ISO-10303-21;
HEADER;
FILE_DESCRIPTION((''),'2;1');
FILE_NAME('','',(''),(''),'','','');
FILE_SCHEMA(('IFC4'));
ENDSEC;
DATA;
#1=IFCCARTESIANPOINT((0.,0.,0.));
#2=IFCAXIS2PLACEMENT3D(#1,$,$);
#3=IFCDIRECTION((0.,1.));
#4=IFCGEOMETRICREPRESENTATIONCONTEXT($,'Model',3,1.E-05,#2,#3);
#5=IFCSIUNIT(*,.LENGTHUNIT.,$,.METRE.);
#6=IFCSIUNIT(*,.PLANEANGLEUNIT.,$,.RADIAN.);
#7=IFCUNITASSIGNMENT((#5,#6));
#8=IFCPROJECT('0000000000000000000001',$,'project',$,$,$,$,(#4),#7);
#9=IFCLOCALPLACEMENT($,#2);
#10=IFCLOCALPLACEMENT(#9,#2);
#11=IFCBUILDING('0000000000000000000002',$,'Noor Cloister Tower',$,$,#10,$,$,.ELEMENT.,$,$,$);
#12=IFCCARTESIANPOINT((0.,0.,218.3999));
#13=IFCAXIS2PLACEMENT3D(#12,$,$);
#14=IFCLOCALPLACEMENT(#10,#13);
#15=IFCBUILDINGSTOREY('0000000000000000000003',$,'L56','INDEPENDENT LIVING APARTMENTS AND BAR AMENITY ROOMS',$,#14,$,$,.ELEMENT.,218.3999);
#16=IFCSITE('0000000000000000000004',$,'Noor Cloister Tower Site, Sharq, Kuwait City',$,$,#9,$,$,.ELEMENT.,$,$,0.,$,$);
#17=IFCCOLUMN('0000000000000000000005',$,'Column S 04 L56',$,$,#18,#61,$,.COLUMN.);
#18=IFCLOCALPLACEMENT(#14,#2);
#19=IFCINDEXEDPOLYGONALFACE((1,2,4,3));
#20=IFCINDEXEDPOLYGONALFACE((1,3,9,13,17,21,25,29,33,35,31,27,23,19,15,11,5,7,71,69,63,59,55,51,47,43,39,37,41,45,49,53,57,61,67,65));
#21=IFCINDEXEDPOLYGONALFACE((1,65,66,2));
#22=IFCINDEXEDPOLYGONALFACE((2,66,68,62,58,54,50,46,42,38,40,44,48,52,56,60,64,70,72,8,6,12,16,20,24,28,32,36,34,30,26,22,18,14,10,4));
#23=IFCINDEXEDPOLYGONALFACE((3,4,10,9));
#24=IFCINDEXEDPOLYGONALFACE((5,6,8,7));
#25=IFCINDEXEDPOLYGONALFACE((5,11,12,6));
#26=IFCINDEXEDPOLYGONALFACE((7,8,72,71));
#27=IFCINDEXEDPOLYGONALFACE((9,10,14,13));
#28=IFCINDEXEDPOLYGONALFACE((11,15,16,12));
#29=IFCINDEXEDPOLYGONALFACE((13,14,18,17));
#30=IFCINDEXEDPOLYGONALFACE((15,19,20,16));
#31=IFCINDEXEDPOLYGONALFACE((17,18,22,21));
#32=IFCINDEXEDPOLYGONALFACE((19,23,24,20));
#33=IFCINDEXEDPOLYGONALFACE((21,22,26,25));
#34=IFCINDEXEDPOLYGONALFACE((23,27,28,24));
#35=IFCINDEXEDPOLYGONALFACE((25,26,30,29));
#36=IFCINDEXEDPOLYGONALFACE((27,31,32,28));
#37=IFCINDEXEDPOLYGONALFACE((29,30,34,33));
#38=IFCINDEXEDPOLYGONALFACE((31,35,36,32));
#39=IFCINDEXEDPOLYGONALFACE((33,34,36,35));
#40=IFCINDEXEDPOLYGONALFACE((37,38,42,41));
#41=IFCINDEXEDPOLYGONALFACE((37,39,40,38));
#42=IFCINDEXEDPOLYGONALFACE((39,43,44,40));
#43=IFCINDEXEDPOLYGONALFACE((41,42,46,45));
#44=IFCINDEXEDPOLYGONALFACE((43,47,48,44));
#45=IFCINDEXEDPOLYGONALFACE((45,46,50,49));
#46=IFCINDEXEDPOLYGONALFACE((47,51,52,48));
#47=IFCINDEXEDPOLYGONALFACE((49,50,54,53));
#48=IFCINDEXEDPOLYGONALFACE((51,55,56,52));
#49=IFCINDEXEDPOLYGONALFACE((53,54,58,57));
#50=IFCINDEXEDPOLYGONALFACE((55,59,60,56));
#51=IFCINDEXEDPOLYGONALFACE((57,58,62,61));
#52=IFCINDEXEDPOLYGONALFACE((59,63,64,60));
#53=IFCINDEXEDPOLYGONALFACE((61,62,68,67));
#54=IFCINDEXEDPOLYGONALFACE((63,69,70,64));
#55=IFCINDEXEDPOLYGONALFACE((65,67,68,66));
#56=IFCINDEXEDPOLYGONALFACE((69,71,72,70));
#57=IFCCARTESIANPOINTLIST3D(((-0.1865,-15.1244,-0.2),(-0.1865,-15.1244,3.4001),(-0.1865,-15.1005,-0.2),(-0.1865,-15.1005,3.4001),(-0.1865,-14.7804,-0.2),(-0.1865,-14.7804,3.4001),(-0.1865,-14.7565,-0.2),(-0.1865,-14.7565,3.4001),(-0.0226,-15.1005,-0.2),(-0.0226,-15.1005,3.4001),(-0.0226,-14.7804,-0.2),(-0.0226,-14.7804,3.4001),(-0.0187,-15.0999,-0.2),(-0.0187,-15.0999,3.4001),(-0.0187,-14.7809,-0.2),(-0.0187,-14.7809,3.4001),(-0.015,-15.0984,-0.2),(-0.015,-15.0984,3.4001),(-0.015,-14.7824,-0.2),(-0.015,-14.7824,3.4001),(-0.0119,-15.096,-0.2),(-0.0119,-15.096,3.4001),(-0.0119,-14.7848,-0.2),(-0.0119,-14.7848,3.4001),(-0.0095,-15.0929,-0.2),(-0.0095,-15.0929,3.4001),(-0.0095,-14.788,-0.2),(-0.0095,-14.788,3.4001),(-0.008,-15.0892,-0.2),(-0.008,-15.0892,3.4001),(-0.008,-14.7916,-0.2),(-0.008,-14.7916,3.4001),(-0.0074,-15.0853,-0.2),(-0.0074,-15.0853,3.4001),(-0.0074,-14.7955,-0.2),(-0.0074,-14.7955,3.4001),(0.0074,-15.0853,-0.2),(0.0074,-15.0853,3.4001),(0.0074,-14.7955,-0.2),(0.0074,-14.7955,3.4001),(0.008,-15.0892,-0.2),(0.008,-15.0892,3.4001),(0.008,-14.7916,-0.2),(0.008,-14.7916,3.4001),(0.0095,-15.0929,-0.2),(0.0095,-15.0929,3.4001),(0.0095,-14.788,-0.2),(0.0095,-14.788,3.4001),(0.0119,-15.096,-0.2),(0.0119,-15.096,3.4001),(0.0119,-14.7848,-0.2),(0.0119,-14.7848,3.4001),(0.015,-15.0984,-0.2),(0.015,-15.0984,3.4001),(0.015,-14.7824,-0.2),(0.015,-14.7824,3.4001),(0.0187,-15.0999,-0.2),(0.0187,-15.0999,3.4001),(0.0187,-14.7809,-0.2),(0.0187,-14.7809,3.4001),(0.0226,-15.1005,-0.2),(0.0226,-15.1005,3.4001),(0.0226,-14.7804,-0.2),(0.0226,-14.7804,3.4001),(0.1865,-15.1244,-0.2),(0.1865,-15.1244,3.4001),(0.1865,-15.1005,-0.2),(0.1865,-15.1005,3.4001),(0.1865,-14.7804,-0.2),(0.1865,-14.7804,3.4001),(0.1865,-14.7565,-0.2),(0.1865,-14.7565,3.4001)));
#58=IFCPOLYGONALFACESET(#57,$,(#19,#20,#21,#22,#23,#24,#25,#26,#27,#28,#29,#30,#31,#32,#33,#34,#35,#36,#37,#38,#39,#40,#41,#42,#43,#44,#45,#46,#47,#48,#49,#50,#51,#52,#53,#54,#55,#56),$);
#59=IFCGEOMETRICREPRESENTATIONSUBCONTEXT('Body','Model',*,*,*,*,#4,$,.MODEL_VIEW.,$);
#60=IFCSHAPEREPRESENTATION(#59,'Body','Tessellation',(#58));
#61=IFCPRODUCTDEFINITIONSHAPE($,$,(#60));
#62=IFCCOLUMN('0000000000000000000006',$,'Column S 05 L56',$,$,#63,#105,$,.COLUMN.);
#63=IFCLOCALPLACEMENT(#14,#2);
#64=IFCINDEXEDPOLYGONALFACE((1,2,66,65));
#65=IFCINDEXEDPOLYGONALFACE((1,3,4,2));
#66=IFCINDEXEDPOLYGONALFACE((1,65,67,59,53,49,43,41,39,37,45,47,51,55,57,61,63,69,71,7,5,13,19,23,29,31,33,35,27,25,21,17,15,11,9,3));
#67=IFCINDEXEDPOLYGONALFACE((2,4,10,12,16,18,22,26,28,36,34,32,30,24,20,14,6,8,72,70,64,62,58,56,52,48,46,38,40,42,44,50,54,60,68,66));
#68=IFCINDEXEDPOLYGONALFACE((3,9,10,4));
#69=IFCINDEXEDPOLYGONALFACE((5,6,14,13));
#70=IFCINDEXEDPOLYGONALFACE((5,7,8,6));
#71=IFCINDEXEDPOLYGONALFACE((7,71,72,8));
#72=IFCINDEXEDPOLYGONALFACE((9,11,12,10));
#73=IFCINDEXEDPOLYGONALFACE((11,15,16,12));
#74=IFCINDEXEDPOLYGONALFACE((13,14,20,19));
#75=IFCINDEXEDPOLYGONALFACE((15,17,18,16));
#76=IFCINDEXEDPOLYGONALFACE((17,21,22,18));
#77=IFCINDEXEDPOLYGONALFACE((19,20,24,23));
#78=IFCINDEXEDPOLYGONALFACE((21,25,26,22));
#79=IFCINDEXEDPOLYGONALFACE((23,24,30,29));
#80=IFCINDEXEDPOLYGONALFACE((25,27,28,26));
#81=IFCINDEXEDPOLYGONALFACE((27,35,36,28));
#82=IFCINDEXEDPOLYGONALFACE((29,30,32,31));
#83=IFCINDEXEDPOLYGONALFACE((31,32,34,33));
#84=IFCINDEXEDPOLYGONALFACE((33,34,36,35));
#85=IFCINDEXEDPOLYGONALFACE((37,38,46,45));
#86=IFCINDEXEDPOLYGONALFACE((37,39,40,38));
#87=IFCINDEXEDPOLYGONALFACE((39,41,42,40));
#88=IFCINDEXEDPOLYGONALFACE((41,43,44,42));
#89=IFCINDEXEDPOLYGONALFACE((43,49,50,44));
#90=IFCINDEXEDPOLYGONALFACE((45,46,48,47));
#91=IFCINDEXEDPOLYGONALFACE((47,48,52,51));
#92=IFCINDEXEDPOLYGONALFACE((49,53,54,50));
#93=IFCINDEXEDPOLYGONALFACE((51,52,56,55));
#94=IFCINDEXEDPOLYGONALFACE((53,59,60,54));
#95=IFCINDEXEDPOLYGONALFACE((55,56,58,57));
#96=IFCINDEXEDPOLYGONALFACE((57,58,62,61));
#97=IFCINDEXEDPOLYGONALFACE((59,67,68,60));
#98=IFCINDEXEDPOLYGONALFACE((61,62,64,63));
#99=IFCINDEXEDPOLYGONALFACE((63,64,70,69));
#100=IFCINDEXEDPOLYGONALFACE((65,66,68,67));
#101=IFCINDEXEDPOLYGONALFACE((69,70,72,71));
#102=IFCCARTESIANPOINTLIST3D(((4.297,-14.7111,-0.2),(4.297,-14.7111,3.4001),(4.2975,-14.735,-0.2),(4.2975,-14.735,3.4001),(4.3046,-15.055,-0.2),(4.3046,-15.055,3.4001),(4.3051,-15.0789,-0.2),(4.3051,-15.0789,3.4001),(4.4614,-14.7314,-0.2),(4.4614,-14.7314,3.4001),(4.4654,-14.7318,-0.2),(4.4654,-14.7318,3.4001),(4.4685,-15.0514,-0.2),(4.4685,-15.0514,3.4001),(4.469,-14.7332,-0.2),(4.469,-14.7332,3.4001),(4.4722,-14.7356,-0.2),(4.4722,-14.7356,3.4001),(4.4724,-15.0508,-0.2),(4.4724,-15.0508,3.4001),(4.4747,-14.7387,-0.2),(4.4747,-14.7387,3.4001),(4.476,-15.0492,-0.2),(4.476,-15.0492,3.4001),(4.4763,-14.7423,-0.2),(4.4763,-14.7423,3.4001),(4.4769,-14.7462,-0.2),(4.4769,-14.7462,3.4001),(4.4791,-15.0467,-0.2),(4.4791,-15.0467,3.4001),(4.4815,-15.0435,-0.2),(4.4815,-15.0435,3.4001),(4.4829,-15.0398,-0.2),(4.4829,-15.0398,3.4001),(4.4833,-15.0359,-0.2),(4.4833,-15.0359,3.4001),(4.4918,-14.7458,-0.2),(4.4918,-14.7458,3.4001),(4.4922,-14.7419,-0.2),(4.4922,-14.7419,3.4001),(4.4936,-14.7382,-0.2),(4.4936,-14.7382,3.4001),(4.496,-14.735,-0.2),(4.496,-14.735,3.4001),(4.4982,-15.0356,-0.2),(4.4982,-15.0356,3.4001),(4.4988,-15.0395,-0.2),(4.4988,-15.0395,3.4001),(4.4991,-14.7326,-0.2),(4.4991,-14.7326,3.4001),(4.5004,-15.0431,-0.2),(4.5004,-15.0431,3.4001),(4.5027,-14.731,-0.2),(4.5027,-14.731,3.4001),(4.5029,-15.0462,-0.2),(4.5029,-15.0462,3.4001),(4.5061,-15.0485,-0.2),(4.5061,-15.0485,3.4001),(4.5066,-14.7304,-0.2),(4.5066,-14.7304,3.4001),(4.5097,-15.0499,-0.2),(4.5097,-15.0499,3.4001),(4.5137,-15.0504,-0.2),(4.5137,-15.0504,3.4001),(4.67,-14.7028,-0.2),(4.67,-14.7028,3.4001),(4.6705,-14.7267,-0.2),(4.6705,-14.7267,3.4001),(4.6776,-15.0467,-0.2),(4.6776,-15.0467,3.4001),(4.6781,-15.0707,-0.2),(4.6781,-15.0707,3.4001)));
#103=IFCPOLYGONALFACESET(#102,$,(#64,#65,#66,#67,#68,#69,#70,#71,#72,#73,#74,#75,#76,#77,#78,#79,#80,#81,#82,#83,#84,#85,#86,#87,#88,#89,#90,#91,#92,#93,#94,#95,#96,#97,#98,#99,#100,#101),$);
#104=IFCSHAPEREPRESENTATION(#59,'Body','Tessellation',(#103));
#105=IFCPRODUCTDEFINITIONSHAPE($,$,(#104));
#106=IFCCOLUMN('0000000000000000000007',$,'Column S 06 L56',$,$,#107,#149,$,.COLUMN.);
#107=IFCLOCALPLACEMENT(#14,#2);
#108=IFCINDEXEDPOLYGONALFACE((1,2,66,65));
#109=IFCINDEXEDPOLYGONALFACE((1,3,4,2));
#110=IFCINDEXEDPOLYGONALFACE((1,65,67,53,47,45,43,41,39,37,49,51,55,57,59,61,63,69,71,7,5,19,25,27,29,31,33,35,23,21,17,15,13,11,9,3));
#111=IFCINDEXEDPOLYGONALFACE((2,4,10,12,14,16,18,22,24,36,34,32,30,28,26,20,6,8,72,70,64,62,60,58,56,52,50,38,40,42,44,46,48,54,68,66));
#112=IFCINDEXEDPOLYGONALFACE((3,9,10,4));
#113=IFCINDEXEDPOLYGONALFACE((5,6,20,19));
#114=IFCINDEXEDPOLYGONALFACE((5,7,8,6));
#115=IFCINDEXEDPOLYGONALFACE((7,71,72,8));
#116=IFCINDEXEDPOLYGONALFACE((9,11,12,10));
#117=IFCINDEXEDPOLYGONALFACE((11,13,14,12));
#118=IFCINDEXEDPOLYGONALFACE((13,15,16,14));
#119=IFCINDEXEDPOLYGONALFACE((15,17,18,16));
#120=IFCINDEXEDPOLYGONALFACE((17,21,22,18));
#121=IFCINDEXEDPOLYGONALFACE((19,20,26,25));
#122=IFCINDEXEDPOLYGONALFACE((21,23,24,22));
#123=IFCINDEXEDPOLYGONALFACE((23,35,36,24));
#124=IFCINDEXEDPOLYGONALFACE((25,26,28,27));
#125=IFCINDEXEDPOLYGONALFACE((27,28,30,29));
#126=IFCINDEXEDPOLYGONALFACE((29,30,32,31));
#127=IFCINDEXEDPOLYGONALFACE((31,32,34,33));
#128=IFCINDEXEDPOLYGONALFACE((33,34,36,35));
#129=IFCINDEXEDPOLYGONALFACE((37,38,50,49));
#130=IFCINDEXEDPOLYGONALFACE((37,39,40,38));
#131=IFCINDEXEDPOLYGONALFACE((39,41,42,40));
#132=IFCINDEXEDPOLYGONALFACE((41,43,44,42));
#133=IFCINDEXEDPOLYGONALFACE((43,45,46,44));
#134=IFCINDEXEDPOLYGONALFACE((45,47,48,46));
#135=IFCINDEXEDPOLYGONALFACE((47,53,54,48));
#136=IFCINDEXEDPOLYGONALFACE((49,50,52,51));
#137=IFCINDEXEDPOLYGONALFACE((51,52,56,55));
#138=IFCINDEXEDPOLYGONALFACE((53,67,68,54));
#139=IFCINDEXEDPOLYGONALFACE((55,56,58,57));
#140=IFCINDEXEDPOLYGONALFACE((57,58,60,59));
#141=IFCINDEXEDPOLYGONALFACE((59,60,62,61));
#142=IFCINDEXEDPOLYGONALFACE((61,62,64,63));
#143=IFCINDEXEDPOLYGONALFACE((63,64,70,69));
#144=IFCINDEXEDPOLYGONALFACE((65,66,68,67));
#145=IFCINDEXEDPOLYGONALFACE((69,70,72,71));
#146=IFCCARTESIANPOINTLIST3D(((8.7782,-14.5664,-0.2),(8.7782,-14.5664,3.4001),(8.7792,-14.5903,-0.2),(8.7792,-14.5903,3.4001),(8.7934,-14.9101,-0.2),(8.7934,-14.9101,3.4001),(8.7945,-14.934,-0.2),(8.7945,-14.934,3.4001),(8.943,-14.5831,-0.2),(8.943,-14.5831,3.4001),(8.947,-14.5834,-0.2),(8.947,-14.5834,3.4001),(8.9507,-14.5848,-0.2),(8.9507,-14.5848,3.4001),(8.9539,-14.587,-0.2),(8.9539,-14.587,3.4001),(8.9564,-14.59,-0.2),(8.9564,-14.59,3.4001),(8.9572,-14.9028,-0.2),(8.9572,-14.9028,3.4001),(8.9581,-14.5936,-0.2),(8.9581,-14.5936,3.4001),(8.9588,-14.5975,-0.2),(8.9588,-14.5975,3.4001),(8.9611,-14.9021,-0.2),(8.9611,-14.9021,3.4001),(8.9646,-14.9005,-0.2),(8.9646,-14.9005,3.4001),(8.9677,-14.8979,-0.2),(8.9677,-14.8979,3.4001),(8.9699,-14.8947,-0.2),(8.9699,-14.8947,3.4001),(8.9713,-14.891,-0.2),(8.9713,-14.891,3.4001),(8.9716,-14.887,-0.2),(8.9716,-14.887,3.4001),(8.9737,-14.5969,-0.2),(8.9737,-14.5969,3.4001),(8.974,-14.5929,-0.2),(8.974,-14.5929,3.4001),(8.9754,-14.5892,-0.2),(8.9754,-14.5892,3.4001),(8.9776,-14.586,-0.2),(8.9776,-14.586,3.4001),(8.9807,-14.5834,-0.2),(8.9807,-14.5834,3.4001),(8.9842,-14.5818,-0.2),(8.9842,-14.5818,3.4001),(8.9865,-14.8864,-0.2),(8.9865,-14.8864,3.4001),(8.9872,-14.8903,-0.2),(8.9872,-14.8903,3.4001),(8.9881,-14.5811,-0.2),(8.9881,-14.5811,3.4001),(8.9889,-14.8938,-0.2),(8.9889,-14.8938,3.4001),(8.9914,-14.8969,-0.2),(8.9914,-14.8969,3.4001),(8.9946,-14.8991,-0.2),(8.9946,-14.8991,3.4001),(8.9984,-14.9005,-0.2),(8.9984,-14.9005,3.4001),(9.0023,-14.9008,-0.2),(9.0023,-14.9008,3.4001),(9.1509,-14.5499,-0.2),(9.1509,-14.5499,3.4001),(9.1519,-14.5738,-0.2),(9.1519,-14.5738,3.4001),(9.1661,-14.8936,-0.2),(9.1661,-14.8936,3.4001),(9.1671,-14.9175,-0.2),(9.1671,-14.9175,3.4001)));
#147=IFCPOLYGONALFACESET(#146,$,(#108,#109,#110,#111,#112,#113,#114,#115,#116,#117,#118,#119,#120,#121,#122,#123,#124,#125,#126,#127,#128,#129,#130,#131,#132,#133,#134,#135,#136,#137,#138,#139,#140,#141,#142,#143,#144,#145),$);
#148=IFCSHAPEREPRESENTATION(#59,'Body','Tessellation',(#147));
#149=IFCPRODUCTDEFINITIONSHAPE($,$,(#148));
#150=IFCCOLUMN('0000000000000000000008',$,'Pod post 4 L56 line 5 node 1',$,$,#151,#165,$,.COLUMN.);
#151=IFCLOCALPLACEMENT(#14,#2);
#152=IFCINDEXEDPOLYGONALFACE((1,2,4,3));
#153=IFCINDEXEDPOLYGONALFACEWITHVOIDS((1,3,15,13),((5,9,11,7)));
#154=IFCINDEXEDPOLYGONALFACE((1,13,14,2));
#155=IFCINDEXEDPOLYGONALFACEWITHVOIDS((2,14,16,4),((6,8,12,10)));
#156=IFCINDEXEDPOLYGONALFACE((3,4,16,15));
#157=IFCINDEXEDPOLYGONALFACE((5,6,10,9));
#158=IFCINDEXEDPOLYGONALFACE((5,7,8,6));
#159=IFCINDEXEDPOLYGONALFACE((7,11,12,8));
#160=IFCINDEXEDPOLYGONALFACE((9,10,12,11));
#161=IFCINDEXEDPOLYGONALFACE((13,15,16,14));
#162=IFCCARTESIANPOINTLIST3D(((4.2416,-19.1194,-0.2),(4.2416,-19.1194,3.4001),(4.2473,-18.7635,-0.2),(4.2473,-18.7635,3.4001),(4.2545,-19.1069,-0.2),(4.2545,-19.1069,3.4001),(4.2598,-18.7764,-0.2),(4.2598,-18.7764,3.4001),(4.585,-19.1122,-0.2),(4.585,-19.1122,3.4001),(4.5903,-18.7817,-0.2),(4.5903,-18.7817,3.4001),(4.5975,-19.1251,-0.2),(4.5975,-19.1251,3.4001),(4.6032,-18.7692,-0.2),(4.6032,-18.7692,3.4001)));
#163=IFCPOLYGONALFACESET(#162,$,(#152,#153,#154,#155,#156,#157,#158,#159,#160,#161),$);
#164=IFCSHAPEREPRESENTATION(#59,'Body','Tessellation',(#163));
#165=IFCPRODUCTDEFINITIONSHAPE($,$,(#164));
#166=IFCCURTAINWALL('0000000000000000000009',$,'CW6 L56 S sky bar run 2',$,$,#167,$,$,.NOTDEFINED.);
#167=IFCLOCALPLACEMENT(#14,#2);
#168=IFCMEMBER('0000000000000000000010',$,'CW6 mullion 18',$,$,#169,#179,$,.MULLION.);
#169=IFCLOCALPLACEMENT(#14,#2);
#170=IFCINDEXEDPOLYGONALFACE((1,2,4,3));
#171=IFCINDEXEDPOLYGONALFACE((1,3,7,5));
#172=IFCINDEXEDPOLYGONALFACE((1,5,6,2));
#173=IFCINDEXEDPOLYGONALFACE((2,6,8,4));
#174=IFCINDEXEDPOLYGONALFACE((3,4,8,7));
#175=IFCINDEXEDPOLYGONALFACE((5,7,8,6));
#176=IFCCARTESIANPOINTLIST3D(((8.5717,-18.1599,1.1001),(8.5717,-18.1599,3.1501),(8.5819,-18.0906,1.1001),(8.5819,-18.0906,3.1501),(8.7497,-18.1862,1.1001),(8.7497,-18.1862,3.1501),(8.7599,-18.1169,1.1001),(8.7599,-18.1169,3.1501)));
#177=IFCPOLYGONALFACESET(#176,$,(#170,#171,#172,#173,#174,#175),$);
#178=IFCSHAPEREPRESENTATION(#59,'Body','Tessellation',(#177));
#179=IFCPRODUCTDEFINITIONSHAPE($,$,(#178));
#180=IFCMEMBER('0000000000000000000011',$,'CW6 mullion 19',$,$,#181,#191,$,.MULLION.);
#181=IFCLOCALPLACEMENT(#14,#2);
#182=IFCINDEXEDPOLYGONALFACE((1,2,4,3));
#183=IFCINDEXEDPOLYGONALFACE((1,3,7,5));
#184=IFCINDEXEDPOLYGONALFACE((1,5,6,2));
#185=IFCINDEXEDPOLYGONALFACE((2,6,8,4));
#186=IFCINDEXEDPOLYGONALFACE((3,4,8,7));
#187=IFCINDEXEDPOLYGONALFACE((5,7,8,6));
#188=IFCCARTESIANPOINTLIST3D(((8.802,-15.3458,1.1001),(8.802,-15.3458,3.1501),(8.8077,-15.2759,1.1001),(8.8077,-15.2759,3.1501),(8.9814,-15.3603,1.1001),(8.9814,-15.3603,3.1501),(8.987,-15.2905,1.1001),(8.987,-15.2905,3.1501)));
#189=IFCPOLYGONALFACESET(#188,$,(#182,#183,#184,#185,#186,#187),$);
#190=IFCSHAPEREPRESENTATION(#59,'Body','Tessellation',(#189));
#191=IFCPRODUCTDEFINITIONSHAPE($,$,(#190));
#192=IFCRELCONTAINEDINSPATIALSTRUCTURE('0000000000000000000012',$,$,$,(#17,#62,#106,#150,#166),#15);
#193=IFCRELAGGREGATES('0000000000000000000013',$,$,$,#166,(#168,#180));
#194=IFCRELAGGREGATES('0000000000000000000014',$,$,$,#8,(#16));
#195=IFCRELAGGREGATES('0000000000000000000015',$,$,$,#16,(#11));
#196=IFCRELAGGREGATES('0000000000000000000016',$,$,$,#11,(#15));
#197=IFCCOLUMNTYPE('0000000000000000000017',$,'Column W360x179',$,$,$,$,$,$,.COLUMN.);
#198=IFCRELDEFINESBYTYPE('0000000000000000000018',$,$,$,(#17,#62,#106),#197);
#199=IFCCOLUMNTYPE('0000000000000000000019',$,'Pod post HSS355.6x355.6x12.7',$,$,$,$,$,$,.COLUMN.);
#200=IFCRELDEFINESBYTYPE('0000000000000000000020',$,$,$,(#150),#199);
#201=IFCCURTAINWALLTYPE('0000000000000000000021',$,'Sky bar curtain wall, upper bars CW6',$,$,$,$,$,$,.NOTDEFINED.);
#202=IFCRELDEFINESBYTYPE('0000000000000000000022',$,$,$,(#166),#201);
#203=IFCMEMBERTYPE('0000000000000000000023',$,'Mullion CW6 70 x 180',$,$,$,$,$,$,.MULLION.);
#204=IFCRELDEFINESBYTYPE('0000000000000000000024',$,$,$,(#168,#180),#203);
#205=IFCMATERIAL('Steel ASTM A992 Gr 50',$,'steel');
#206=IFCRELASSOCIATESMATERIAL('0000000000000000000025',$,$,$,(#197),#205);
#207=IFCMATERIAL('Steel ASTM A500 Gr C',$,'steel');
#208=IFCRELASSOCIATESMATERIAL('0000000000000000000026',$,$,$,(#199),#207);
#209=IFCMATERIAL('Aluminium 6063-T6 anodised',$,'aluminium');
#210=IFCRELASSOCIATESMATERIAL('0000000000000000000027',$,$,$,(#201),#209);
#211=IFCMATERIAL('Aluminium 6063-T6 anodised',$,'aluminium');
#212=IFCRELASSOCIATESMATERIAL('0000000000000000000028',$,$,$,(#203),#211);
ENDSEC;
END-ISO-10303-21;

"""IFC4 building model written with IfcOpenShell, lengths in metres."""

from ifc_helpers import new_model, si_unit, direction, frame, origin, origin_2d, place, context, subcontext, project, spatial, rectangle, hollow_rectangle, i_section, extrude, material, material_profile, profile_set, type_object, element, aggregate, save


model = new_model("IFC4")

# Units and contexts
model_context = context("Model", 3, precision=1e-05, world=origin(), true_north=direction((0.0, 1.0)))
body_context = subcontext(model_context, "Body", "Model", "MODEL_VIEW")
ifc_project = project(units=[si_unit("LENGTHUNIT", "METRE"), si_unit("PLANEANGLEUNIT", "RADIAN")], contexts=[model_context])

# Site, building, storey
site_placement = place(None, origin())
site = spatial("IfcSite", under=ifc_project, at=site_placement, Name="Noor Cloister Tower Site, Sharq, Kuwait City", CompositionType="ELEMENT", RefElevation=0.0)
building_placement = place(site_placement, origin())
building = spatial("IfcBuilding", under=site, at=building_placement, Name="Noor Cloister Tower", CompositionType="ELEMENT")
storey_placement = place(building_placement, frame((0.0, 0.0, 218.3999)))
storey = spatial("IfcBuildingStorey", under=building, at=storey_placement, Name="L56", Description="INDEPENDENT LIVING APARTMENTS AND BAR AMENITY ROOMS", CompositionType="ELEMENT", Elevation=218.3999)

# Columns
ifc_material_1 = material(Name="Steel ASTM A992 Gr 50", Category="steel")
ifc_material_profile_1 = material_profile(ifc_material_1, i_section(OverallWidth=0.373, OverallDepth=0.3679, WebThickness=0.0149, FlangeThickness=0.0239, FilletRadius=0.0151, at=origin_2d()), Name="W360x179")
ifc_profile_set_1 = profile_set([ifc_material_profile_1], Name="Steel ASTM A992 Gr 50")
column_type_1 = type_object("IfcColumnType", Name="Column W360x179", PredefinedType="COLUMN", material=ifc_profile_set_1)
for number, where, z_axis, x_axis, name in (
    (1, (0.0, -14.9404, -0.2), (0.0, 0.0, 1.0), (1.0, 0.0, 0.0), "Column S 04 L56"),
    (2, (4.4875, -14.8909, -0.2), (0.0, 0.0, 1.0), (0.999755, 0.022132, 0.0), "Column S 05 L56"),
    (3, (8.9727, -14.7419, -0.2), (0.0, 0.0, 1.0), (0.99902, 0.044252, 0.0), "Column S 06 L56"),
):
    element("IfcColumn", number, at=place(storey_placement, frame(where, z_axis=z_axis, x_axis=x_axis)), inside=storey, type_object=column_type_1, Name=name, PredefinedType="COLUMN", context=body_context, shape_type="SweptSolid", body=[
        extrude(i_section(OverallWidth=0.373, OverallDepth=0.3679, WebThickness=0.0149, FlangeThickness=0.0239, FilletRadius=0.0151, at=origin_2d()), origin(), (0.0, 0.0, 1.0), 3.6001),
    ])
ifc_material_2 = material(Name="Steel ASTM A500 Gr C", Category="steel")
ifc_material_profile_2 = material_profile(ifc_material_2, hollow_rectangle(XDim=0.356, YDim=0.356, WallThickness=0.0127, at=origin_2d()), Name="HSS355.6x355.6x12.7")
ifc_profile_set_2 = profile_set([ifc_material_profile_2], Name="Steel ASTM A500 Gr C")
column_type_2 = type_object("IfcColumnType", Name="Pod post HSS355.6x355.6x12.7", PredefinedType="COLUMN", material=ifc_profile_set_2)
column_placement = place(storey_placement, frame((4.4224, -18.9443, -0.2), z_axis=(0.0, 0.0, 1.0), x_axis=(-0.016039, -0.999871, 0.0)))
element("IfcColumn", 4, at=column_placement, inside=storey, type_object=column_type_2, Name="Pod post 4 L56 line 5 node 1", PredefinedType="COLUMN", context=body_context, shape_type="SweptSolid", body=[
    extrude(hollow_rectangle(XDim=0.356, YDim=0.356, WallThickness=0.0127, at=origin_2d()), origin(), (0.0, 0.0, 1.0), 3.6001),
])

# Curtain wall, members
ifc_material_3 = material(Name="Aluminium 6063-T6 anodised", Category="aluminium")
curtain_wall_type = type_object("IfcCurtainWallType", Name="Sky bar curtain wall, upper bars CW6", PredefinedType="NOTDEFINED", material=ifc_material_3)
curtain_wall_placement = place(storey_placement, origin())
curtain_wall = element("IfcCurtainWall", 5, at=curtain_wall_placement, inside=storey, type_object=curtain_wall_type, Name="CW6 L56 S sky bar run 2", PredefinedType="NOTDEFINED")
ifc_material_4 = material(Name="Aluminium 6063-T6 anodised", Category="aluminium")
ifc_material_profile_3 = material_profile(ifc_material_4, rectangle(XDim=0.1799, YDim=0.0701, at=origin_2d()), Name="180 x 70 mullion")
ifc_profile_set_3 = profile_set([ifc_material_profile_3], Name="Aluminium 6063-T6 anodised")
member_type = type_object("IfcMemberType", Name="Mullion CW6 70 x 180", PredefinedType="MULLION", material=ifc_profile_set_3)
member_1_placement = place(storey_placement, frame((8.6658, -18.1384, 1.1001), z_axis=(0.0, 0.0, 1.0), x_axis=(-0.98926, 0.146169, 0.0)))
member_1 = element("IfcMember", 6, at=member_1_placement, type_object=member_type, Name="CW6 mullion 18", PredefinedType="MULLION", context=body_context, shape_type="SweptSolid", body=[
    extrude(rectangle(XDim=0.1799, YDim=0.0701, at=origin_2d()), origin(), (0.0, 0.0, 1.0), 2.05),
])
member_2_placement = place(storey_placement, frame((8.8945, -15.3181, 1.1001), z_axis=(0.0, 0.0, 1.0), x_axis=(-0.996728, 0.080834, 0.0)))
member_2 = element("IfcMember", 7, at=member_2_placement, type_object=member_type, Name="CW6 mullion 19", PredefinedType="MULLION", context=body_context, shape_type="SweptSolid", body=[
    extrude(rectangle(XDim=0.1799, YDim=0.0701, at=origin_2d()), origin(), (0.0, 0.0, 1.0), 2.05),
])

aggregate(curtain_wall, [member_1, member_2])

save(model, "model.ifc")
